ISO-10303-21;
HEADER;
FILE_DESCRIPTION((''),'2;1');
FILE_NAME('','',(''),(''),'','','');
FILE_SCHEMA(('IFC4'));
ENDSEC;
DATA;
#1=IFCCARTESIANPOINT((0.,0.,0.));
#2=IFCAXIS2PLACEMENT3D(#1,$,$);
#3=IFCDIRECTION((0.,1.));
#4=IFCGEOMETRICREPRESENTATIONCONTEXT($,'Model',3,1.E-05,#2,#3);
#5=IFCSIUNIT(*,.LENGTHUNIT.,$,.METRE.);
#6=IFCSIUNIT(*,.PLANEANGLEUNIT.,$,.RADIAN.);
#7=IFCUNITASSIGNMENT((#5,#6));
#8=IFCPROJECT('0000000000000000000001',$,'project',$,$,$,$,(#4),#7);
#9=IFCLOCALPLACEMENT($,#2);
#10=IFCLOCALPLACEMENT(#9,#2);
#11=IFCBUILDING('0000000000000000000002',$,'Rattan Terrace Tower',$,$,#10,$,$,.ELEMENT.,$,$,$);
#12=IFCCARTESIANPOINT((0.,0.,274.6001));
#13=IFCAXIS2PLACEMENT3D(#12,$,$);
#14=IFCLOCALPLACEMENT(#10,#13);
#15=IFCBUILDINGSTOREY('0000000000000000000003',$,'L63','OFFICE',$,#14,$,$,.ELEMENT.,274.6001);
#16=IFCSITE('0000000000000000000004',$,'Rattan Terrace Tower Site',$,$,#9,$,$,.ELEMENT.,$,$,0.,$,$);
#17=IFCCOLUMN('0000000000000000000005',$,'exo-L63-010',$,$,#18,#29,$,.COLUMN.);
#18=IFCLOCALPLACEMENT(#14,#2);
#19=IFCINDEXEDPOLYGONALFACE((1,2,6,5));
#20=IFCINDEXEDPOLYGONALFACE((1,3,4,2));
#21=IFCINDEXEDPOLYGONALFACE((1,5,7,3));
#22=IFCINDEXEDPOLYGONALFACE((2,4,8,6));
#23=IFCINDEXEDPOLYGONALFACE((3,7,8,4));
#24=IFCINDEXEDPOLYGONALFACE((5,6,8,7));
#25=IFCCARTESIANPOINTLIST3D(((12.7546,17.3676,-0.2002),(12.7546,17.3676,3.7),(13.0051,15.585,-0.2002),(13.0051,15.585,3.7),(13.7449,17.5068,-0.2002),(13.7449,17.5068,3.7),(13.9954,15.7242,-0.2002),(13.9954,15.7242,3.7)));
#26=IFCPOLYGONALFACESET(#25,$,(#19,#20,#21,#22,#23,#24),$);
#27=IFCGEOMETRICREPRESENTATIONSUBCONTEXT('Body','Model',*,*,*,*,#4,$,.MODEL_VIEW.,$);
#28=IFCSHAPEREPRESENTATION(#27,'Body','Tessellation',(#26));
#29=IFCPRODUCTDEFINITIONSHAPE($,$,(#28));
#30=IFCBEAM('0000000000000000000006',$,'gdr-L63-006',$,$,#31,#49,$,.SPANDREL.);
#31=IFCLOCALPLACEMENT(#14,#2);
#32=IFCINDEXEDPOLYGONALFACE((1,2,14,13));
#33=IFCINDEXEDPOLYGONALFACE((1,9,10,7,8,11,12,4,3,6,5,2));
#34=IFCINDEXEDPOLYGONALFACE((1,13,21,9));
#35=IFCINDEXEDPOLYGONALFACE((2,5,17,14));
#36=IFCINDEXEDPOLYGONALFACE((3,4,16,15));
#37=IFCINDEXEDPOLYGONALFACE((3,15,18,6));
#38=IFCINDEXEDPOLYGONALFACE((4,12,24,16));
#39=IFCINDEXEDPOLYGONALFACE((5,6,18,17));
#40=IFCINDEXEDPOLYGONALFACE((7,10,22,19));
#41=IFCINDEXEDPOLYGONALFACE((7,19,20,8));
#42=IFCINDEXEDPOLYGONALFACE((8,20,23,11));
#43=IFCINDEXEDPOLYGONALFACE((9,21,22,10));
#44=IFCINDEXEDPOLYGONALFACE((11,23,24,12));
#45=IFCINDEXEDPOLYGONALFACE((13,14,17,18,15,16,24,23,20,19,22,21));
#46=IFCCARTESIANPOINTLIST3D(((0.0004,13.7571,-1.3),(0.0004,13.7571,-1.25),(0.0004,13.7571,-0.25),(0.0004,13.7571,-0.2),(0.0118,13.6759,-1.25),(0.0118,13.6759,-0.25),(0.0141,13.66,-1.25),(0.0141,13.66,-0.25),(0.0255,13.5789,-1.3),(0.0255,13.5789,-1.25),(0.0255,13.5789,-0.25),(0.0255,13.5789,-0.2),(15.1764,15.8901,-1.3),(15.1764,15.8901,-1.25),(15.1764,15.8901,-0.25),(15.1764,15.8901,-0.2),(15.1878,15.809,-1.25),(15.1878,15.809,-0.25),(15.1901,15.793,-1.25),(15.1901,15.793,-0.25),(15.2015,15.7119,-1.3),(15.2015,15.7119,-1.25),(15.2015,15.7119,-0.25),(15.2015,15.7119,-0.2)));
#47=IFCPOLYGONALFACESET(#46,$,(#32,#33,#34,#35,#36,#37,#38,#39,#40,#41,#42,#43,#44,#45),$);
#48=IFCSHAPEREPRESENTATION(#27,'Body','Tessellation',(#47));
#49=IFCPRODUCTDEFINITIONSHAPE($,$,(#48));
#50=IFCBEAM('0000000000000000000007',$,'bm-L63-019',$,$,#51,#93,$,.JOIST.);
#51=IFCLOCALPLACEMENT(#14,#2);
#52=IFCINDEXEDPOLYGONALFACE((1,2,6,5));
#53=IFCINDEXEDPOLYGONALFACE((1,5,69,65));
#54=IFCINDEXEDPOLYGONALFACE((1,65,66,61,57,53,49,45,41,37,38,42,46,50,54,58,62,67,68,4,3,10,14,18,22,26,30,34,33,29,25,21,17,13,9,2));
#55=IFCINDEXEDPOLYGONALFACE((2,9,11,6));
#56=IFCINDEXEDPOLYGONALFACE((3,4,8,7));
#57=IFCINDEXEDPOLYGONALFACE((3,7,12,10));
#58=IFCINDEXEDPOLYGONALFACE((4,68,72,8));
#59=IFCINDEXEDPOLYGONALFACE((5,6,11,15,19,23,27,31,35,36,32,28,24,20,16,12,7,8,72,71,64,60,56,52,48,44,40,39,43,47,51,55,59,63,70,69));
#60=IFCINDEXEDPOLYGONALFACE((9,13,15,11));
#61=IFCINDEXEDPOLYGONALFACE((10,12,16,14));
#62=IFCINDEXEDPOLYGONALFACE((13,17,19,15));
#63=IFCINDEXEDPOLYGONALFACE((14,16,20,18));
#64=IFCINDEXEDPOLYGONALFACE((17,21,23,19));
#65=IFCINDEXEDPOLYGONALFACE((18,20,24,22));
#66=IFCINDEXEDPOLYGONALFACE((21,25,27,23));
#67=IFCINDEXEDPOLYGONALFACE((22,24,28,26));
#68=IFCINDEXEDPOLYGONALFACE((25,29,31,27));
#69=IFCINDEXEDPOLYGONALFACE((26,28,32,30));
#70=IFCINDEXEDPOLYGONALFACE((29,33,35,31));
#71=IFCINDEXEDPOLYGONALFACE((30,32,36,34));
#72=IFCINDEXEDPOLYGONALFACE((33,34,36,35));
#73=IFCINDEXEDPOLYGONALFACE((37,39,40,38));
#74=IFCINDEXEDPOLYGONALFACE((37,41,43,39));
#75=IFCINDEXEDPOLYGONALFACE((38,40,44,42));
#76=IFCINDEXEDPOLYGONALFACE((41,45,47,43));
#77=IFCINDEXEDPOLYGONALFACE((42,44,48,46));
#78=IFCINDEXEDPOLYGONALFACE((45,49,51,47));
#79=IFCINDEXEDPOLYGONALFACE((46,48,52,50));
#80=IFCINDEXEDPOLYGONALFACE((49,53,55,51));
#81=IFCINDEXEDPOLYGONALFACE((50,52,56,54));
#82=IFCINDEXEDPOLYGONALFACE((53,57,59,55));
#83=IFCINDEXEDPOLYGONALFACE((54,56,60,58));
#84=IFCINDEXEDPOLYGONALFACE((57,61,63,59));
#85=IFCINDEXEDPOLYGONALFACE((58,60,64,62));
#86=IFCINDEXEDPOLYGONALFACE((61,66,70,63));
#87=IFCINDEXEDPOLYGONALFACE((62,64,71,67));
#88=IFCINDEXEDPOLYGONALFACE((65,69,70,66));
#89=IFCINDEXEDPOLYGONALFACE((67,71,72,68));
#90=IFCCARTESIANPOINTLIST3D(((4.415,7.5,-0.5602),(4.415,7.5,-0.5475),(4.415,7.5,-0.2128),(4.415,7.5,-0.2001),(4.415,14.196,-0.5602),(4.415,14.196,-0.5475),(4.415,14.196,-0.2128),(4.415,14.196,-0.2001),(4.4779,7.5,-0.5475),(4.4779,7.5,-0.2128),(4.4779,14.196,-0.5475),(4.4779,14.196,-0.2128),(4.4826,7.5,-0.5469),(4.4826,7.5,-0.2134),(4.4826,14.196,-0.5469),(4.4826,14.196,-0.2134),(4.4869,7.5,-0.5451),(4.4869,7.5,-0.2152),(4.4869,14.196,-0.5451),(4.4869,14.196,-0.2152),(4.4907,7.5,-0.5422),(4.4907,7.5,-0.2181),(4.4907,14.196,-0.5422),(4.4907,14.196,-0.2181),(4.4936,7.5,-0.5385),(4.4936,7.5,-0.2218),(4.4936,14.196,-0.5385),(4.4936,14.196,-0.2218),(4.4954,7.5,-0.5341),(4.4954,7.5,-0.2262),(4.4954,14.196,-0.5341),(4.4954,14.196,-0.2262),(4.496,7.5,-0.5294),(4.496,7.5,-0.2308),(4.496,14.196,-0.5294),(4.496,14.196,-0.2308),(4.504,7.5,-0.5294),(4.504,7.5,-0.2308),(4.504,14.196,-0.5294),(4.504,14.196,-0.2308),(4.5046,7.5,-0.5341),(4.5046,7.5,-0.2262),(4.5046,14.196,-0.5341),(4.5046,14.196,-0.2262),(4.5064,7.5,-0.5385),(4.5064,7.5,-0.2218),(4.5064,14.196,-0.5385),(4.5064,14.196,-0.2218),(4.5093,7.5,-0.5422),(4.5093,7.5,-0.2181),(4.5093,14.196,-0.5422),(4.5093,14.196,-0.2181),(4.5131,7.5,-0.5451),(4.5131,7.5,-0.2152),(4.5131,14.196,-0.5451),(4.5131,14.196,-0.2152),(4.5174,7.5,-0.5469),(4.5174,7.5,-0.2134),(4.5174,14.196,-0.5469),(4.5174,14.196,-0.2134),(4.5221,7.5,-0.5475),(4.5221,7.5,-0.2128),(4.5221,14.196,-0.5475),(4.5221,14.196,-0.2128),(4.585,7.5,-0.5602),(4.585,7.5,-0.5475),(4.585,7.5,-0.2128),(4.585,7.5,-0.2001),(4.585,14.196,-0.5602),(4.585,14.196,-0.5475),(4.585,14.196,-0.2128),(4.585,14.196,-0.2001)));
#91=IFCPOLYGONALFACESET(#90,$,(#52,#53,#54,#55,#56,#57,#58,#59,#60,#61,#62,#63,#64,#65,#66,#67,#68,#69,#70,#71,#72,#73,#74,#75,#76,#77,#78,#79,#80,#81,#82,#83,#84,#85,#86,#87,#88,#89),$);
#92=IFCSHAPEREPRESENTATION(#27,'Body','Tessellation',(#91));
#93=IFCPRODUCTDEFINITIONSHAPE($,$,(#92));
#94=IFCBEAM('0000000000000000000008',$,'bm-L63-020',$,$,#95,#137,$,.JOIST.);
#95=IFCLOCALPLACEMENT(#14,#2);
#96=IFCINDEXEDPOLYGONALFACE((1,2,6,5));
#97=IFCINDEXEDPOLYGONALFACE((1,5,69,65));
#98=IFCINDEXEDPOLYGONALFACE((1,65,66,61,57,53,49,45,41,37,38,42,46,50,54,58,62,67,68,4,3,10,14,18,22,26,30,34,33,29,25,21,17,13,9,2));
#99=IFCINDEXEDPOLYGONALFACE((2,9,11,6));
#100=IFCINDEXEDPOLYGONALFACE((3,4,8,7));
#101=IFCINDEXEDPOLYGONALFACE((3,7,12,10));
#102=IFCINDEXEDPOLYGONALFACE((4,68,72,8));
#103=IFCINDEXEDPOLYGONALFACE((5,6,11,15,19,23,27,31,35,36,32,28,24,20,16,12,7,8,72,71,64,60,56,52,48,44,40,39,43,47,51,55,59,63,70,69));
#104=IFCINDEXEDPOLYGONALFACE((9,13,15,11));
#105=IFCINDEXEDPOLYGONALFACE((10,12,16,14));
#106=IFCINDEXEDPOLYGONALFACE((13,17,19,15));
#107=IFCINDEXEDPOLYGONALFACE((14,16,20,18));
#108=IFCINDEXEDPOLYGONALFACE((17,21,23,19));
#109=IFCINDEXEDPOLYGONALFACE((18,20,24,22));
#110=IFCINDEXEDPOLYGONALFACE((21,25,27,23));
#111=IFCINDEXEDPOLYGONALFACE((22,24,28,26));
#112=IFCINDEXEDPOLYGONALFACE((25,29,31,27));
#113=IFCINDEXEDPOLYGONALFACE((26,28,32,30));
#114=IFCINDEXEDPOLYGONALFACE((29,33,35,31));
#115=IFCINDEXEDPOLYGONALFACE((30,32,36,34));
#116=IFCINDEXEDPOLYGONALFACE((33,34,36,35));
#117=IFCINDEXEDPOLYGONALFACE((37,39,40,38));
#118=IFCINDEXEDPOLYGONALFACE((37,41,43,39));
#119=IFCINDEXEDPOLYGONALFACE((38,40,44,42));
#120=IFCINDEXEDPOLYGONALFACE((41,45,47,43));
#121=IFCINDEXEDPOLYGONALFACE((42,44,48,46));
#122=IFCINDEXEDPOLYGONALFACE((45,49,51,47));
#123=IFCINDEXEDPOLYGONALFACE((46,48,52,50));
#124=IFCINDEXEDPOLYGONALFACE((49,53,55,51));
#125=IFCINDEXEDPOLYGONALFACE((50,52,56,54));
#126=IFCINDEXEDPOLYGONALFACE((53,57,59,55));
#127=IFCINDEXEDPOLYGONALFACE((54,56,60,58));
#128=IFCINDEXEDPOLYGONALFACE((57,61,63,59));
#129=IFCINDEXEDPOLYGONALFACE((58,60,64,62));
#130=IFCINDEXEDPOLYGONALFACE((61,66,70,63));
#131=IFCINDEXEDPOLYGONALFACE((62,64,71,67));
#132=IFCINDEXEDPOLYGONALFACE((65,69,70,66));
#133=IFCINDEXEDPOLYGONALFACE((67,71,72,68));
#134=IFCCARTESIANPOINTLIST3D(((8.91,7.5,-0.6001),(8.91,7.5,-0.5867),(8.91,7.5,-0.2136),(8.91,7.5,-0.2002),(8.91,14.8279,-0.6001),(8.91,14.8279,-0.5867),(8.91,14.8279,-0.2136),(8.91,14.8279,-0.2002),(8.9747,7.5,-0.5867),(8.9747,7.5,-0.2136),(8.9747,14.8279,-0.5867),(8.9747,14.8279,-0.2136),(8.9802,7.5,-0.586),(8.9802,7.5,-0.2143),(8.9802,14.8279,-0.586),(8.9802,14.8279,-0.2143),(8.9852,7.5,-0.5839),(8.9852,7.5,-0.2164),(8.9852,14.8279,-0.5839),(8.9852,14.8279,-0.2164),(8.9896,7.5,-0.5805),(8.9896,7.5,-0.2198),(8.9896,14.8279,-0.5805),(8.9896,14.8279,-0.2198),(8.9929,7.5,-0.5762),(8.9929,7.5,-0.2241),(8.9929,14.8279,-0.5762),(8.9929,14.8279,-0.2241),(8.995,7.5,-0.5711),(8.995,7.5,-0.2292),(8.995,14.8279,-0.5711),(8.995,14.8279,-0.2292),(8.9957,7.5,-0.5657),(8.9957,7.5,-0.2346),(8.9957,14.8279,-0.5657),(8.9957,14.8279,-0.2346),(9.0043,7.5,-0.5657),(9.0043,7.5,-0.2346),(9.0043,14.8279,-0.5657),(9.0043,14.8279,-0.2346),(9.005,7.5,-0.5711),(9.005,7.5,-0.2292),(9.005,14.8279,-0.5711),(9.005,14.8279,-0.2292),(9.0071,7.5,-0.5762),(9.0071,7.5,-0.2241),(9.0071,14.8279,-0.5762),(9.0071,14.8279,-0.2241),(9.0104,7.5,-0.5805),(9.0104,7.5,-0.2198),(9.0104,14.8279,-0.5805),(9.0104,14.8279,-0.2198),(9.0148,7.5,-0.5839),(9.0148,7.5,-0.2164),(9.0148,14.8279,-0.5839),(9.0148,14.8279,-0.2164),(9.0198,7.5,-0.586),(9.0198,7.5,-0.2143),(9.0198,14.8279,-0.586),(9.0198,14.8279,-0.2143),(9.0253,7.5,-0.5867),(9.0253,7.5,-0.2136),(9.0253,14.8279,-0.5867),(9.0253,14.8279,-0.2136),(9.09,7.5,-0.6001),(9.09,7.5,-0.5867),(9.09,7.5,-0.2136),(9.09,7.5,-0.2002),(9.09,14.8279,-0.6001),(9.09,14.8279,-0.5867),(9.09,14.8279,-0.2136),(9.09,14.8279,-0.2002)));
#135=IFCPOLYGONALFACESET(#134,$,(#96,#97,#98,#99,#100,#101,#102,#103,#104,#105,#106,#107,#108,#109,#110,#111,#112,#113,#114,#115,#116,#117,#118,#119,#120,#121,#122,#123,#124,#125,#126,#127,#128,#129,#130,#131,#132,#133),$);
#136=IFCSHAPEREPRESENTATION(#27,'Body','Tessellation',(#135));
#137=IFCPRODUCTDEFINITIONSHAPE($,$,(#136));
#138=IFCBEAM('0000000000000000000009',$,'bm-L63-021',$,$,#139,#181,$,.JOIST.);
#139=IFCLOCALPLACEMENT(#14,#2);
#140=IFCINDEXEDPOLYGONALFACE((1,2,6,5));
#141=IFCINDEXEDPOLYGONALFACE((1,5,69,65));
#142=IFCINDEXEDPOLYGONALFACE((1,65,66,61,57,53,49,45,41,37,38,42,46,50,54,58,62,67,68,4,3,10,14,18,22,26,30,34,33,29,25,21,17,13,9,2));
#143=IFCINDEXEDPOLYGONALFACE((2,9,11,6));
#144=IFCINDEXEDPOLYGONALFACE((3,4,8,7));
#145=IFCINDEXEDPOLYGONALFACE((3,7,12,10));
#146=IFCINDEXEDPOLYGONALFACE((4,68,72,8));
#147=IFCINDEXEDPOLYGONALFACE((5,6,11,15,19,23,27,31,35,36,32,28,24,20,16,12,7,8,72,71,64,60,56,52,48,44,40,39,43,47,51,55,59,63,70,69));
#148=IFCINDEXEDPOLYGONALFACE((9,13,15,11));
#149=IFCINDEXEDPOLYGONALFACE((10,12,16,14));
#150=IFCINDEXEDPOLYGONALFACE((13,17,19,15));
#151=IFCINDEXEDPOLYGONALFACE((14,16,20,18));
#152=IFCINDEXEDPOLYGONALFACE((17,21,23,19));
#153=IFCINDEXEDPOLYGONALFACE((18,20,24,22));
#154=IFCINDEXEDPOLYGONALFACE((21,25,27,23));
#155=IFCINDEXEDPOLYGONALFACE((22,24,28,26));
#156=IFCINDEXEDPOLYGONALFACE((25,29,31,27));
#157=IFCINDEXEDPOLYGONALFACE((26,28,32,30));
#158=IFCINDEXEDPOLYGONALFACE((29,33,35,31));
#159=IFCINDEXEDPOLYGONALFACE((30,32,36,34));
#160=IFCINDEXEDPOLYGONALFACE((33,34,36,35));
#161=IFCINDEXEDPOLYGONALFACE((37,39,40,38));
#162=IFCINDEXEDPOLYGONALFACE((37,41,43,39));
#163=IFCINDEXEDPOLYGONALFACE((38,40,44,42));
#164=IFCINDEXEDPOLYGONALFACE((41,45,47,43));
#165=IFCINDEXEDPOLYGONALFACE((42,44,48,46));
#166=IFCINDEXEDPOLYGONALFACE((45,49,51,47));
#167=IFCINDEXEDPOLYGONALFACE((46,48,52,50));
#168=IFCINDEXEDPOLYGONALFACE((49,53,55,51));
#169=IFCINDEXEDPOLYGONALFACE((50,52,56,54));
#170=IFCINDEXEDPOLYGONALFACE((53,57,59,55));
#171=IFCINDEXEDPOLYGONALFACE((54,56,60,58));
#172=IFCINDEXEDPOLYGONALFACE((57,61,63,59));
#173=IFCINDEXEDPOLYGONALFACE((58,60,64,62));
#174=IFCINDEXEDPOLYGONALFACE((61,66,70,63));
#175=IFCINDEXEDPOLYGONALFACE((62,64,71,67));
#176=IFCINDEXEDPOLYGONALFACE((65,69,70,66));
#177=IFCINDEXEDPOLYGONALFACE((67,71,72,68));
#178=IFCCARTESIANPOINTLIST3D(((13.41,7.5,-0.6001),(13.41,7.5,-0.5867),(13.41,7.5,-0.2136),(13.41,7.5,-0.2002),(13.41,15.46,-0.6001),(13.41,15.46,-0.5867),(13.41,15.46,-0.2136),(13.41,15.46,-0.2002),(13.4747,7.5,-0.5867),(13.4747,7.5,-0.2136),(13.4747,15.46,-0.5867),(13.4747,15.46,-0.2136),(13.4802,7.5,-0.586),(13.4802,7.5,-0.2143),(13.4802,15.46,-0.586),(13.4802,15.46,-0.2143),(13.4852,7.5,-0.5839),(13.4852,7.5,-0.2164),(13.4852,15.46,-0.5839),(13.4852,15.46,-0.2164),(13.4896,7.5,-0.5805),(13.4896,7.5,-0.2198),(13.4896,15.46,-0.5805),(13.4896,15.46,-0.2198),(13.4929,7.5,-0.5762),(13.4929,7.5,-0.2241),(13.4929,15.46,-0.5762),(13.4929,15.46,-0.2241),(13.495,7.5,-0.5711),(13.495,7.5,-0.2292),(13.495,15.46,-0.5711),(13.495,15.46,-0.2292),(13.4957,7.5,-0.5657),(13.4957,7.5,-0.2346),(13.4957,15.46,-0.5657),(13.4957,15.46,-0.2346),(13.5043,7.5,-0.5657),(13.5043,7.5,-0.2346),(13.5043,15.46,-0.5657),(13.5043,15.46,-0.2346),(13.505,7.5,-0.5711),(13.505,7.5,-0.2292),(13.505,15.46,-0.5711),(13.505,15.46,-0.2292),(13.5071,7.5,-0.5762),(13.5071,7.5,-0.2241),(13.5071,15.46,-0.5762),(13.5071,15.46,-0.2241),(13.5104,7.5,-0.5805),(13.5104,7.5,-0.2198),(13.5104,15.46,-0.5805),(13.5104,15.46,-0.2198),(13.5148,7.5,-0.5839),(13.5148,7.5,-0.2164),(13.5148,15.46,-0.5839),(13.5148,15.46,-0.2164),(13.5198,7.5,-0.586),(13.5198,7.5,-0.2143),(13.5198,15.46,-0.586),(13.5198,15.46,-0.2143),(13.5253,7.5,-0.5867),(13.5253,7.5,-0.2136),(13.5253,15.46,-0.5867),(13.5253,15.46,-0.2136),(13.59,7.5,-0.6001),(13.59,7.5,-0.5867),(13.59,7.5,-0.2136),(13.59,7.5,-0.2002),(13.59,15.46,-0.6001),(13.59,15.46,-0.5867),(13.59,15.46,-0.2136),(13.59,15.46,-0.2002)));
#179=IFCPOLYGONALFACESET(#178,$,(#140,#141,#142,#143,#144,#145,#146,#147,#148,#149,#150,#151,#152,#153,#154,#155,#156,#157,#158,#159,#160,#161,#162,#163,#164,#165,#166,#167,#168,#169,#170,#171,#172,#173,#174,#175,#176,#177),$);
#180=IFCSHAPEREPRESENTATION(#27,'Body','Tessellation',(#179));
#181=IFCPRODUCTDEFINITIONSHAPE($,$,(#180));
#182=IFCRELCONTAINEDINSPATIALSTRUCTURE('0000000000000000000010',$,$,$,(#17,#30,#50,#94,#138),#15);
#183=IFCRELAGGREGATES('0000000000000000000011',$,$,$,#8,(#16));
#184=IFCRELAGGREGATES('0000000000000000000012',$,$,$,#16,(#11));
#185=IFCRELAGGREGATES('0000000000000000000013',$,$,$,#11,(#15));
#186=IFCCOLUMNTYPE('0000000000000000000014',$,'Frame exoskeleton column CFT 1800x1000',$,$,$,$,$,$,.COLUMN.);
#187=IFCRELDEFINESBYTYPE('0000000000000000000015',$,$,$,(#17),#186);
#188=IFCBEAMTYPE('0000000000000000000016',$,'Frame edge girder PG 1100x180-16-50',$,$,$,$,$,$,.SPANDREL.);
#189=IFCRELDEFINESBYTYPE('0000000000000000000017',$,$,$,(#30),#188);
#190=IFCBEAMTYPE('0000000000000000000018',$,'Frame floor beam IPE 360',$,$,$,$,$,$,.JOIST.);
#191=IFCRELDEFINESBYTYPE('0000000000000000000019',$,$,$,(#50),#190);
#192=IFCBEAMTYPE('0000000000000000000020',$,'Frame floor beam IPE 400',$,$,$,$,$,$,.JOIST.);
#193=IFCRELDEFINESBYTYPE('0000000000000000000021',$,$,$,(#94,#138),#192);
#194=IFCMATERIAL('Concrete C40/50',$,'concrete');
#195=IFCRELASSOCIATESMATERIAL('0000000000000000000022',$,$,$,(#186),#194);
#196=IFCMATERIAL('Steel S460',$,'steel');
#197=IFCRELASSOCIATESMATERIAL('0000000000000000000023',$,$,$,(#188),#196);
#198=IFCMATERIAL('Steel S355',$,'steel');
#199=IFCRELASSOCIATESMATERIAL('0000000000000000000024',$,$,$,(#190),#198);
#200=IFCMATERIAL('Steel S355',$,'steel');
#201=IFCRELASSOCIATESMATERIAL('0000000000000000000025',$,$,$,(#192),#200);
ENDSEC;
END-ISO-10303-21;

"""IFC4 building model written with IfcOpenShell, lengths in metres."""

from ifc_helpers import new_model, si_unit, direction, frame, origin, origin_2d, place, context, subcontext, project, spatial, rectangle, i_section, extrude, material, material_profile, profile_set, type_object, element, save


model = new_model("IFC4")

# Units and contexts
model_context = context("Model", 3, precision=1e-05, world=origin(), true_north=direction((0.0, 1.0)))
body_context = subcontext(model_context, "Body", "Model", "MODEL_VIEW")
ifc_project = project(units=[si_unit("LENGTHUNIT", "METRE"), si_unit("PLANEANGLEUNIT", "RADIAN")], contexts=[model_context])

# Site, building, storey
site_placement = place(None, origin())
site = spatial("IfcSite", under=ifc_project, at=site_placement, Name="Rattan Terrace Tower Site", CompositionType="ELEMENT", RefElevation=0.0)
building_placement = place(site_placement, origin())
building = spatial("IfcBuilding", under=site, at=building_placement, Name="Rattan Terrace Tower", CompositionType="ELEMENT")
storey_placement = place(building_placement, frame((0.0, 0.0, 274.6001)))
storey = spatial("IfcBuildingStorey", under=building, at=storey_placement, Name="L63", Description="OFFICE", CompositionType="ELEMENT", Elevation=274.6001)

# Column
ifc_material_1 = material(Name="Concrete C40/50", Category="concrete")
ifc_material_profile_1 = material_profile(ifc_material_1, rectangle(XDim=1.0, YDim=1.8, at=origin_2d()), Name="CFT 1800x1000")
ifc_profile_set_1 = profile_set([ifc_material_profile_1], Name="Concrete C40/50")
column_type = type_object("IfcColumnType", Name="Frame exoskeleton column CFT 1800x1000", PredefinedType="COLUMN", material=ifc_profile_set_1)
column_placement = place(storey_placement, frame((13.375, 16.5459, -0.2002), z_axis=(0.0, 0.0, 1.0), x_axis=(0.990266, 0.13919, 0.0)))
element("IfcColumn", 1, at=column_placement, inside=storey, type_object=column_type, Name="exo-L63-010", PredefinedType="COLUMN", context=body_context, shape_type="SweptSolid", body=[
    extrude(rectangle(XDim=1.0, YDim=1.8, at=origin_2d()), origin(), (0.0, 0.0, 1.0), 3.9001),
])

# Beams
ifc_material_2 = material(Name="Steel S460", Category="steel")
ifc_material_profile_2 = material_profile(ifc_material_2, i_section(OverallWidth=0.1799, OverallDepth=1.1001, WebThickness=0.0161, FlangeThickness=0.05, at=origin_2d()), Name="PG 1100x180-16-50")
ifc_profile_set_2 = profile_set([ifc_material_profile_2], Name="Steel S460")
beam_type_1 = type_object("IfcBeamType", Name="Frame edge girder PG 1100x180-16-50", PredefinedType="SPANDREL", material=ifc_profile_set_2)
beam_1_placement = place(storey_placement, frame((15.189, 15.801, -0.75), z_axis=(-0.990266, -0.139186, 0.0), x_axis=(0.139186, -0.990266, 0.0)))
element("IfcBeam", 2, at=beam_1_placement, inside=storey, type_object=beam_type_1, Name="gdr-L63-006", PredefinedType="SPANDREL", context=body_context, shape_type="SweptSolid", body=[
    extrude(i_section(OverallWidth=0.1799, OverallDepth=1.1001, WebThickness=0.0161, FlangeThickness=0.05, at=origin_2d()), origin(), (0.0, 0.0, 1.0), 15.3252),
])
ifc_material_3 = material(Name="Steel S355", Category="steel")
ifc_material_profile_3 = material_profile(ifc_material_3, i_section(OverallWidth=0.1699, OverallDepth=0.3601, WebThickness=0.0081, FlangeThickness=0.0127, FilletRadius=0.0181, at=origin_2d()), Name="IPE 360")
ifc_profile_set_3 = profile_set([ifc_material_profile_3], Name="Steel S355")
beam_type_2 = type_object("IfcBeamType", Name="Frame floor beam IPE 360", PredefinedType="JOIST", material=ifc_profile_set_3)
beam_2_placement = place(storey_placement, frame((4.5, 7.5, -0.3801), z_axis=(0.0, 1.0, 0.0), x_axis=(-1.0, 0.0, 0.0)))
element("IfcBeam", 3, at=beam_2_placement, inside=storey, type_object=beam_type_2, Name="bm-L63-019", PredefinedType="JOIST", context=body_context, shape_type="SweptSolid", body=[
    extrude(i_section(OverallWidth=0.1699, OverallDepth=0.3601, WebThickness=0.0081, FlangeThickness=0.0127, FilletRadius=0.0181, at=origin_2d()), origin(), (0.0, 0.0, 1.0), 6.696),
])
ifc_material_4 = material(Name="Steel S355", Category="steel")
ifc_material_profile_4 = material_profile(ifc_material_4, i_section(OverallWidth=0.1799, OverallDepth=0.3999, WebThickness=0.0085, FlangeThickness=0.0134, FilletRadius=0.021, at=origin_2d()), Name="IPE 400")
ifc_profile_set_4 = profile_set([ifc_material_profile_4], Name="Steel S355")
beam_type_3 = type_object("IfcBeamType", Name="Frame floor beam IPE 400", PredefinedType="JOIST", material=ifc_profile_set_4)
beam_3_placement = place(storey_placement, frame((9.0, 7.5, -0.4001), z_axis=(0.0, 1.0, 0.0), x_axis=(-1.0, 0.0, 0.0)))
element("IfcBeam", 4, at=beam_3_placement, inside=storey, type_object=beam_type_3, Name="bm-L63-020", PredefinedType="JOIST", context=body_context, shape_type="SweptSolid", body=[
    extrude(i_section(OverallWidth=0.1799, OverallDepth=0.3999, WebThickness=0.0085, FlangeThickness=0.0134, FilletRadius=0.021, at=origin_2d()), origin(), (0.0, 0.0, 1.0), 7.3279),
])
beam_4_placement = place(storey_placement, frame((13.5, 7.5, -0.4001), z_axis=(0.0, 1.0, 0.0), x_axis=(-1.0, 0.0, 0.0)))
element("IfcBeam", 5, at=beam_4_placement, inside=storey, type_object=beam_type_3, Name="bm-L63-021", PredefinedType="JOIST", context=body_context, shape_type="SweptSolid", body=[
    extrude(i_section(OverallWidth=0.1799, OverallDepth=0.3999, WebThickness=0.0085, FlangeThickness=0.0134, FilletRadius=0.021, at=origin_2d()), origin(), (0.0, 0.0, 1.0), 7.96),
])

save(model, "model.ifc")
